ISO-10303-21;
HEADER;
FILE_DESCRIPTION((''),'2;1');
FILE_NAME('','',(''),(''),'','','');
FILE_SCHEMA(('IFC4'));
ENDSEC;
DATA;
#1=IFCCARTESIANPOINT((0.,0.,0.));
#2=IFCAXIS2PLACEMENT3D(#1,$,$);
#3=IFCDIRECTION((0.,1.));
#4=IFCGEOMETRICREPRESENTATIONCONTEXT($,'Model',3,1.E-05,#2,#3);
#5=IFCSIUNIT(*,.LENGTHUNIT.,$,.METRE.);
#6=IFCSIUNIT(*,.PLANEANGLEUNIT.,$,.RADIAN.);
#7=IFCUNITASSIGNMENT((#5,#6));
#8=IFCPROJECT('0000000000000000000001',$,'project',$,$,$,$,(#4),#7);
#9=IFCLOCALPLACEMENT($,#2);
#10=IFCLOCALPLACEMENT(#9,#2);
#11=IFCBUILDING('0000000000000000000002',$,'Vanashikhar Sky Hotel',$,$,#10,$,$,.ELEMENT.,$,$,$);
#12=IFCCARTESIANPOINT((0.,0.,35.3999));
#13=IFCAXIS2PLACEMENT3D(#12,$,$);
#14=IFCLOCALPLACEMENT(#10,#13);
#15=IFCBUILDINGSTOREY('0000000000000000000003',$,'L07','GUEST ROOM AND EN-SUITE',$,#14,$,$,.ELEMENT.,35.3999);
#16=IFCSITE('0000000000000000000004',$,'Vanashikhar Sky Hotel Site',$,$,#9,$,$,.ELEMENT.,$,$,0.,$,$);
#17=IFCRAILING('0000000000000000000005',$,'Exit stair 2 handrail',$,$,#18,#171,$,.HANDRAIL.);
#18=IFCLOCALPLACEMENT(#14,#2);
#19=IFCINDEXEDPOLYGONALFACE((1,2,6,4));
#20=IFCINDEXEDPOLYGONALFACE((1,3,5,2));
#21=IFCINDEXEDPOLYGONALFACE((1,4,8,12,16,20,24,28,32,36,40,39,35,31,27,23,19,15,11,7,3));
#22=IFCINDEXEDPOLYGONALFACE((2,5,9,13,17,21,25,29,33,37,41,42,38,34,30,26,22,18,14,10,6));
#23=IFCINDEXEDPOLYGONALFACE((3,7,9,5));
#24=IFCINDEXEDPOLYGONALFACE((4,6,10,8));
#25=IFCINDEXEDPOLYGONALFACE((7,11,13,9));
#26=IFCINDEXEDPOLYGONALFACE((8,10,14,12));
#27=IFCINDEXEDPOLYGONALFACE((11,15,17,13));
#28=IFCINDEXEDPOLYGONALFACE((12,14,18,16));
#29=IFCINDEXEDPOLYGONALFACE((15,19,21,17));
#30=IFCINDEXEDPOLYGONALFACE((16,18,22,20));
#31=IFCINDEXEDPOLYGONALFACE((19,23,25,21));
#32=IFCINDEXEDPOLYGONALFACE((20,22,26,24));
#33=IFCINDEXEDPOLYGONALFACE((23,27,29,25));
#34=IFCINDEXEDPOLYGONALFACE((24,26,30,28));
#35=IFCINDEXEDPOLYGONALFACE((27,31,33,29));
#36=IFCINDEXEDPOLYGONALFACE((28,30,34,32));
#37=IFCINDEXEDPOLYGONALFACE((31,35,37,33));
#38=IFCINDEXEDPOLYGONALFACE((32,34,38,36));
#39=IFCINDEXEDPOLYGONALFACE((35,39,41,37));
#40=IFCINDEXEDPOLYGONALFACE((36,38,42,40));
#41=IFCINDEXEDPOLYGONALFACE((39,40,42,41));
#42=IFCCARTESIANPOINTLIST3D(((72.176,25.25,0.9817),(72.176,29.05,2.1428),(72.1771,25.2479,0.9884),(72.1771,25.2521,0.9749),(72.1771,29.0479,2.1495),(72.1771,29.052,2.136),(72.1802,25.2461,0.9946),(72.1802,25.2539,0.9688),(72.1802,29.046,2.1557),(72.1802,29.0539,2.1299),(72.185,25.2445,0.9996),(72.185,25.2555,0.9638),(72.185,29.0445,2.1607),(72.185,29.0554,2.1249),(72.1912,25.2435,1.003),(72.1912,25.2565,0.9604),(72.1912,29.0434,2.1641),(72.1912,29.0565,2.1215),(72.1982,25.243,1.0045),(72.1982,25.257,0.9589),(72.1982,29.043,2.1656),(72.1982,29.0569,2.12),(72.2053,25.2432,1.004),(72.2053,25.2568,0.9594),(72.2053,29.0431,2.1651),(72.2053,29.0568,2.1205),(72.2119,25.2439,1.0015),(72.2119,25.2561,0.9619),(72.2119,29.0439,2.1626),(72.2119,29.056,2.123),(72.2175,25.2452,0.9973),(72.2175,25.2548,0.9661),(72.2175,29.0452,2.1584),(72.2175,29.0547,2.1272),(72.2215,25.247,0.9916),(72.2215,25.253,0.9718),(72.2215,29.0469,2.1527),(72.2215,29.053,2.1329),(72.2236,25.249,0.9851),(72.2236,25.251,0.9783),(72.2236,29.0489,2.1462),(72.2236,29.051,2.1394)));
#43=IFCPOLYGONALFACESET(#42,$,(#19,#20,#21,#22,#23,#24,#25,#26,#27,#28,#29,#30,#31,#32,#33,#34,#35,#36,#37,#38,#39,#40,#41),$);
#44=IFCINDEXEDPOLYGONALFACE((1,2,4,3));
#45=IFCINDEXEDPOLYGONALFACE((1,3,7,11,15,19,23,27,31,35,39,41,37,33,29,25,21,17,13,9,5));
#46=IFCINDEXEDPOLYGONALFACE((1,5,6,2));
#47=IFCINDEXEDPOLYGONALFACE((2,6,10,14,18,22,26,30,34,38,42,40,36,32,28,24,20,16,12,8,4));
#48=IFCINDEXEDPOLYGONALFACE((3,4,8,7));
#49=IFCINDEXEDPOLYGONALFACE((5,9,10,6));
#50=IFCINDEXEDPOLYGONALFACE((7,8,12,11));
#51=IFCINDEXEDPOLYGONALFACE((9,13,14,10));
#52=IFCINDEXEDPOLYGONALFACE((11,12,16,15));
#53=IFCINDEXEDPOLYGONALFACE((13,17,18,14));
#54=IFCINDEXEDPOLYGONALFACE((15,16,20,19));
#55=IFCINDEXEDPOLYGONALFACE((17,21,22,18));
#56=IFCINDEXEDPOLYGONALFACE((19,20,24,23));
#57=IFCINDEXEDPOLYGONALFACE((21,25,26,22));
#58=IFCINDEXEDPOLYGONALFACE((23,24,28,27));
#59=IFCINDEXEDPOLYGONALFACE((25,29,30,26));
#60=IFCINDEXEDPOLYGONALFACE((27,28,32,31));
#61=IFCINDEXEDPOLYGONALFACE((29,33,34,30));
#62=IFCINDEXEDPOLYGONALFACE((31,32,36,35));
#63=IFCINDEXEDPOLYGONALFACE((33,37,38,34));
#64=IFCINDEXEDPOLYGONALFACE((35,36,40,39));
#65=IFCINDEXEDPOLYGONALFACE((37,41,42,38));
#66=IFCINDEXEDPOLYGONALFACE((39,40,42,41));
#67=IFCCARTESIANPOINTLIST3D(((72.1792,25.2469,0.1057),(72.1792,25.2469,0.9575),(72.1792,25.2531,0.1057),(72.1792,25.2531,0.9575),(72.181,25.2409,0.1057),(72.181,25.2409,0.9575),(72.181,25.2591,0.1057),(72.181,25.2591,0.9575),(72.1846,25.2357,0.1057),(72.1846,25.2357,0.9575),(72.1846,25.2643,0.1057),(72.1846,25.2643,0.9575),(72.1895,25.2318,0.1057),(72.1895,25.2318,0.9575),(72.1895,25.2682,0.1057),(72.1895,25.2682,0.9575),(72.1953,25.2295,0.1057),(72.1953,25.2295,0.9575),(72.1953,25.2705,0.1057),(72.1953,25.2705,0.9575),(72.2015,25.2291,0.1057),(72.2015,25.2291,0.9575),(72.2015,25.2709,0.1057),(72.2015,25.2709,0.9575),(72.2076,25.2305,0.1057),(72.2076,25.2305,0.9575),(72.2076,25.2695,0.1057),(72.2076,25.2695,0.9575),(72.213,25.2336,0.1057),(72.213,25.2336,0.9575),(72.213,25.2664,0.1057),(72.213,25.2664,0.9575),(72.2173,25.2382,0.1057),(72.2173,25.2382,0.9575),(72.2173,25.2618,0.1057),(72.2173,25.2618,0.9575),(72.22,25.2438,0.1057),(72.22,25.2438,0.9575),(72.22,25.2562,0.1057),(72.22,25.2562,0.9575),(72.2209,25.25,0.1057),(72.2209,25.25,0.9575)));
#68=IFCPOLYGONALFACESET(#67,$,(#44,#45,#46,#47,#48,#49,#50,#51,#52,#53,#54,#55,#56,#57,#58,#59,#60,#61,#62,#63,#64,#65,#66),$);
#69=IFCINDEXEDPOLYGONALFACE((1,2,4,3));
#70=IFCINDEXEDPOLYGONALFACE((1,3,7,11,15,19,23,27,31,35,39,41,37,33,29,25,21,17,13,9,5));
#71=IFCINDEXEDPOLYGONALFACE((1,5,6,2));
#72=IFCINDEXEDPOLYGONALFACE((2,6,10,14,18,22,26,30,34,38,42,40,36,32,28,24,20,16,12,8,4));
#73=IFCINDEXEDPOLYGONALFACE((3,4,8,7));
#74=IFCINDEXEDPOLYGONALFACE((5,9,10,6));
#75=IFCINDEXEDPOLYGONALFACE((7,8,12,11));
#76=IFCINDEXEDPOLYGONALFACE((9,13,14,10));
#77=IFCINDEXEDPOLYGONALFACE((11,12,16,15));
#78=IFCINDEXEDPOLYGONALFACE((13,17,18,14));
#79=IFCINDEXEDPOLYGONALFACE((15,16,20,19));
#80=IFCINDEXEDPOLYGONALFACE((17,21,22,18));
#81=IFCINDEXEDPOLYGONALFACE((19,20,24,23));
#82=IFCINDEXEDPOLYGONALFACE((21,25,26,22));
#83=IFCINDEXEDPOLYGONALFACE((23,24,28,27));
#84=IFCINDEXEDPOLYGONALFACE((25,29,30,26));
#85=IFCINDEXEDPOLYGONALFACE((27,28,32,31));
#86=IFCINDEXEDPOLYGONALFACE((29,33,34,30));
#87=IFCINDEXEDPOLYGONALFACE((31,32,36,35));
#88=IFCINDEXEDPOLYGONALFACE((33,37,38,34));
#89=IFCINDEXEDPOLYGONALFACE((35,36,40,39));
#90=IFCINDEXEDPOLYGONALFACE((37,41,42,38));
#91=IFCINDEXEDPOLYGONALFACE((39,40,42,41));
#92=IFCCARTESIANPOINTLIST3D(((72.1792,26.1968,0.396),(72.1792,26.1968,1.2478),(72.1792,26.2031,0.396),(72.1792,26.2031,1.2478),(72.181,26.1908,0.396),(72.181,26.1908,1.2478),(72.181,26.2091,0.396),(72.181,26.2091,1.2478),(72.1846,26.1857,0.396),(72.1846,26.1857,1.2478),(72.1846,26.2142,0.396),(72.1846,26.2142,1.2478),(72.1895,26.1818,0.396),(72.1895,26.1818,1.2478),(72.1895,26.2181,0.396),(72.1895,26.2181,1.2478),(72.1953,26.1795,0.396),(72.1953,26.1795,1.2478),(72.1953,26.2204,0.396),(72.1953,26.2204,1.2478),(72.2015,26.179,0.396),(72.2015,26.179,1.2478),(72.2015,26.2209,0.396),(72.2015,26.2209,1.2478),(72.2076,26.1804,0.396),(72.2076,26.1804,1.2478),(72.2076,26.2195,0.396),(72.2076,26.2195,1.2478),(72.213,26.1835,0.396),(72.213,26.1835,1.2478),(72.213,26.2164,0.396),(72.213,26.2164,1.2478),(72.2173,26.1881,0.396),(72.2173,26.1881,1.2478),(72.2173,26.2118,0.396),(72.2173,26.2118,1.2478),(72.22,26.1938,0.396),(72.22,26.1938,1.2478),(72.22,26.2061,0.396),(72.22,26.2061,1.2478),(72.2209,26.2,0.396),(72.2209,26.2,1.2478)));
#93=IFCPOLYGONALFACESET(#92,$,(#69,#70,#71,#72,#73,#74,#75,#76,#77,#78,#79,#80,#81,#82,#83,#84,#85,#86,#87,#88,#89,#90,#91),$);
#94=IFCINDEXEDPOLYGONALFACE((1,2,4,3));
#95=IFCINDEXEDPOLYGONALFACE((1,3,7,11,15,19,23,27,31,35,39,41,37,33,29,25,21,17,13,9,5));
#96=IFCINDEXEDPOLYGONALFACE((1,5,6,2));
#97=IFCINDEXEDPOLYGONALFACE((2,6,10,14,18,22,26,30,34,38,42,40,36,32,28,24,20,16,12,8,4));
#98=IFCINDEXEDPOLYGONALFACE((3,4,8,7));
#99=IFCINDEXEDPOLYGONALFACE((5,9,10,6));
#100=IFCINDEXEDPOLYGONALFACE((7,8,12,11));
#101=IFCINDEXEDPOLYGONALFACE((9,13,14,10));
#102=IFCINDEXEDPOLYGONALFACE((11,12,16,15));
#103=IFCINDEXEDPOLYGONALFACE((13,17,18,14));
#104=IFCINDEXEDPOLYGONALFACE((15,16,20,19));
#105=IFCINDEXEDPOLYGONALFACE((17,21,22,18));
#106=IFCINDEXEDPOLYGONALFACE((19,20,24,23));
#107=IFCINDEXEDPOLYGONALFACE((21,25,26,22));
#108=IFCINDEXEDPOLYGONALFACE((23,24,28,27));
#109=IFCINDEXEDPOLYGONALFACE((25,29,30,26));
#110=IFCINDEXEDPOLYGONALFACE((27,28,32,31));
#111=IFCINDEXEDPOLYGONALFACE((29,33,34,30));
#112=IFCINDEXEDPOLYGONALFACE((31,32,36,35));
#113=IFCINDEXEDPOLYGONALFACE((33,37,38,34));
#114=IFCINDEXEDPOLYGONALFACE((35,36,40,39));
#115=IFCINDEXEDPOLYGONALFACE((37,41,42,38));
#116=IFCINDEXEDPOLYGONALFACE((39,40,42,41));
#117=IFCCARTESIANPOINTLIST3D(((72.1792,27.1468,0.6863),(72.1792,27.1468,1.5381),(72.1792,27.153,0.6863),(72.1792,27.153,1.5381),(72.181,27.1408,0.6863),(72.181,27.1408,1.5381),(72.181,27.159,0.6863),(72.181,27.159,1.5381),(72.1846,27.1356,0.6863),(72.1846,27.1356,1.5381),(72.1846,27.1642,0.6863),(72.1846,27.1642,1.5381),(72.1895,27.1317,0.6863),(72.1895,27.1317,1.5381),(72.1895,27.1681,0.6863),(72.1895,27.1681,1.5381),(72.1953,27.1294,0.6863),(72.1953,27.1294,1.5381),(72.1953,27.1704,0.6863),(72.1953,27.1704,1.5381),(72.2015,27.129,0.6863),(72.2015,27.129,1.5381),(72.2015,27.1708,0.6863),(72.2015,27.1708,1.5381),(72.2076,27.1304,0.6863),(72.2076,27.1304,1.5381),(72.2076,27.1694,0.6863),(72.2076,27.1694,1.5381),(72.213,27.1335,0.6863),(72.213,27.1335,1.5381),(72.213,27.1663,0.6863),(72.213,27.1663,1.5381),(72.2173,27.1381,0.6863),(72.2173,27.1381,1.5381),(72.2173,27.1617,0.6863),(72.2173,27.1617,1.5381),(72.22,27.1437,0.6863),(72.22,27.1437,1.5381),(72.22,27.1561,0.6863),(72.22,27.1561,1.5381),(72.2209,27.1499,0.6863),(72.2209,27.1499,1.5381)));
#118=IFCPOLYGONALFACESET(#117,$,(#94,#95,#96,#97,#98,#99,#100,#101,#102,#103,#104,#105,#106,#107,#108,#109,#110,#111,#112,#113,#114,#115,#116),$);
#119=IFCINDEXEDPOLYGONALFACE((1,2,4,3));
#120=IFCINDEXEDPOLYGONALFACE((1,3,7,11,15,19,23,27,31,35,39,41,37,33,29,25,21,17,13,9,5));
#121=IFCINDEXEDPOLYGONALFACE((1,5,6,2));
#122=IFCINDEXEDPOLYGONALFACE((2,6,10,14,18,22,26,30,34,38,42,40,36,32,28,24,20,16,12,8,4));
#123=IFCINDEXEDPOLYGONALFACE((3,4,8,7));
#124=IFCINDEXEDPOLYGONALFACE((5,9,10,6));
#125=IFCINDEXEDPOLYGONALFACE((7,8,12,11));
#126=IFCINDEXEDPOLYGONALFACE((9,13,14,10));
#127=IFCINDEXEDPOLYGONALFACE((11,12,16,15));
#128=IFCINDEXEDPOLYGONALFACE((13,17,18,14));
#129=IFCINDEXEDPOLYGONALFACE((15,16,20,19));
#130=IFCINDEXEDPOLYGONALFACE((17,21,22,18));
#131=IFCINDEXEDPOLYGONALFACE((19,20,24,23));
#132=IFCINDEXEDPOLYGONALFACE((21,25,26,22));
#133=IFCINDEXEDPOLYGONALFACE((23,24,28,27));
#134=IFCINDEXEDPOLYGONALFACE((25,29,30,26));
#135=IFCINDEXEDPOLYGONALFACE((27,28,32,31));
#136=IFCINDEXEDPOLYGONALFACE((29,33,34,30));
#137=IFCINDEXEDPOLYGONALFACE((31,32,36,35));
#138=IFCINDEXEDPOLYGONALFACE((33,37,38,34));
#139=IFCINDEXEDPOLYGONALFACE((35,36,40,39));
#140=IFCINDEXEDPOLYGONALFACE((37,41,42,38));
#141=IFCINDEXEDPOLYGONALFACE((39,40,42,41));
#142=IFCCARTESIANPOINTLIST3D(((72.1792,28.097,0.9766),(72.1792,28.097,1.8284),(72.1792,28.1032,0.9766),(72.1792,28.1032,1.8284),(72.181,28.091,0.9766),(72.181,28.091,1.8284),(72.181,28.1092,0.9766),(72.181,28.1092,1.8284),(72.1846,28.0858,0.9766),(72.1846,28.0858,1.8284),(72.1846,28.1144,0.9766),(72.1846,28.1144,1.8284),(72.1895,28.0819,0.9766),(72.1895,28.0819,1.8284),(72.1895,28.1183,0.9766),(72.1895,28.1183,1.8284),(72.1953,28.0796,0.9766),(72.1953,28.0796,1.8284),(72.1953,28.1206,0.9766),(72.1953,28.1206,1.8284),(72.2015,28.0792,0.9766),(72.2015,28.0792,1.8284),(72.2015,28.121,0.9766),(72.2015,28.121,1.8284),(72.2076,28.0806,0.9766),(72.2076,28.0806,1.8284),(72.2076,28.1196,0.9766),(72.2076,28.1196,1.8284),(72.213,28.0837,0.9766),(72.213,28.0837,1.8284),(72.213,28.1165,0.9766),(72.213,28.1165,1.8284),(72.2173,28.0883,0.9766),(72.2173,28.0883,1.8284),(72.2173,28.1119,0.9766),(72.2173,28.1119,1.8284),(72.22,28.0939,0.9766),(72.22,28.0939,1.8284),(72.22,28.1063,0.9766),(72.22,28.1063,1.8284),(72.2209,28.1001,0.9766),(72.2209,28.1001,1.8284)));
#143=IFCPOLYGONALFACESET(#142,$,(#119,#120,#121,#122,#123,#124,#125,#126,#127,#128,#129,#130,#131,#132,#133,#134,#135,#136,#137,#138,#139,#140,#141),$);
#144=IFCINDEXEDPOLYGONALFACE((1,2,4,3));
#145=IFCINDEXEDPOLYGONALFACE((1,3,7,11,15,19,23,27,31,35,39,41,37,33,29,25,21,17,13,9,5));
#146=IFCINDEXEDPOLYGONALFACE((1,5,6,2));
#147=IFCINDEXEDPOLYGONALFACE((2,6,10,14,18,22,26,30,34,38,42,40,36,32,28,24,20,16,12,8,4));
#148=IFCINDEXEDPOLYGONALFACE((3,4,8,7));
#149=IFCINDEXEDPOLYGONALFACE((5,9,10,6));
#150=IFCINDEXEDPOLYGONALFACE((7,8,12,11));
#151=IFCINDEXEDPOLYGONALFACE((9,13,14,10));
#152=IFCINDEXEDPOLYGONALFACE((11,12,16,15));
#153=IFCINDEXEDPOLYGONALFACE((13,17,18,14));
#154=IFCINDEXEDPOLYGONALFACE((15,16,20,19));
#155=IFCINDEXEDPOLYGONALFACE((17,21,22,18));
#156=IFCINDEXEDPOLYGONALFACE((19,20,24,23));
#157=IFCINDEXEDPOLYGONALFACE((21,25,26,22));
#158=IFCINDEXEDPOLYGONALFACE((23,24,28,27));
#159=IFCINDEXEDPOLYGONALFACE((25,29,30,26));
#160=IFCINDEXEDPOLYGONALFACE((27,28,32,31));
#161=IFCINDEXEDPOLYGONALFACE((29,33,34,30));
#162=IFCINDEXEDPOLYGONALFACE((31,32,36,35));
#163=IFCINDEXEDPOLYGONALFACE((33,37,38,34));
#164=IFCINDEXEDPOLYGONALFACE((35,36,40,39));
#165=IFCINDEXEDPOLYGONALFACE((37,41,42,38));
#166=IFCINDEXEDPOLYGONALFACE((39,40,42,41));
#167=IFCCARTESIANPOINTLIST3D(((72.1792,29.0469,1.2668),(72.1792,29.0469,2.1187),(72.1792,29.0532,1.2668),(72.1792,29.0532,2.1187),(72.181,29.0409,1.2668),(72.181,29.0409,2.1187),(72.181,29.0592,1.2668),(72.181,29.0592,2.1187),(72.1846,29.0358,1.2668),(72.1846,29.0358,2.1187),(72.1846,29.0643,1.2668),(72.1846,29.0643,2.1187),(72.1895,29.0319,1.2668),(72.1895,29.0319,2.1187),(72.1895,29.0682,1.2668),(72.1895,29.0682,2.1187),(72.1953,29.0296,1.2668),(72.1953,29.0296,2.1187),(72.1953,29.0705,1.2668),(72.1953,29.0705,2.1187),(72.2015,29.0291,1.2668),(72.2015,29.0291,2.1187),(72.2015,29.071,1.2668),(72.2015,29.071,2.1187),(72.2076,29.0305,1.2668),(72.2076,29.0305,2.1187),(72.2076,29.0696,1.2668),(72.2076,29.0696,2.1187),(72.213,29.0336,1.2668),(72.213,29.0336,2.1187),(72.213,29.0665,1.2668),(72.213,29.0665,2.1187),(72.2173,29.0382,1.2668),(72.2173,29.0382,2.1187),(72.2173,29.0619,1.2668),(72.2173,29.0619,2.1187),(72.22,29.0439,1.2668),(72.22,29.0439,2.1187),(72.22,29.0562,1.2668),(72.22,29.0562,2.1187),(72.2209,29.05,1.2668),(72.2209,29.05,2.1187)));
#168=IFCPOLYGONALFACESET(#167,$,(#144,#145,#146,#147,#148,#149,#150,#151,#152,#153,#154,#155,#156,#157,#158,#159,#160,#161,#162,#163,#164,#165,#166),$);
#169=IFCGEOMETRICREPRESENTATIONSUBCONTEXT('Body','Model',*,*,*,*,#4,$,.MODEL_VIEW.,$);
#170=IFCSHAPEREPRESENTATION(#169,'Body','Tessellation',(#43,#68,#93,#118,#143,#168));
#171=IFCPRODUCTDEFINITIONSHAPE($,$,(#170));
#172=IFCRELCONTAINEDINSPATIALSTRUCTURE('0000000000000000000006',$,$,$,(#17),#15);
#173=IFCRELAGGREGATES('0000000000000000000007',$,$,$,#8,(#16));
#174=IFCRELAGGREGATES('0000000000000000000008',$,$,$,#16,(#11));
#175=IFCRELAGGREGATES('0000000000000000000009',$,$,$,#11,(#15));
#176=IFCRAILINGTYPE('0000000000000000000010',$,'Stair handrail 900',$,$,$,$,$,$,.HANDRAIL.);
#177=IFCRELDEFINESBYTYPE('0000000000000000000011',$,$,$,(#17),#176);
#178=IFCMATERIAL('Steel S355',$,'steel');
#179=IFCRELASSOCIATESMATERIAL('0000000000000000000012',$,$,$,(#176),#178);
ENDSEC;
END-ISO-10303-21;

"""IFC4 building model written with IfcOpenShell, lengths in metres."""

from ifc_helpers import new_model, si_unit, direction, frame, origin, origin_2d, place, context, subcontext, project, spatial, circle, extrude, source, transform, mapped, material, type_object, element, save


model = new_model("IFC4")

# Units and contexts
model_context = context("Model", 3, precision=1e-05, world=origin(), true_north=direction((0.0, 1.0)))
body_context = subcontext(model_context, "Body", "Model", "MODEL_VIEW")
ifc_project = project(units=[si_unit("LENGTHUNIT", "METRE"), si_unit("PLANEANGLEUNIT", "RADIAN")], contexts=[model_context])

# Site, building, storey
site_placement = place(None, origin())
site = spatial("IfcSite", under=ifc_project, at=site_placement, Name="Vanashikhar Sky Hotel Site", CompositionType="ELEMENT", RefElevation=0.0)
building_placement = place(site_placement, origin())
building = spatial("IfcBuilding", under=site, at=building_placement, Name="Vanashikhar Sky Hotel", CompositionType="ELEMENT")
storey_placement = place(building_placement, frame((0.0, 0.0, 35.3999)))
storey = spatial("IfcBuildingStorey", under=building, at=storey_placement, Name="L07", Description="GUEST ROOM AND EN-SUITE", CompositionType="ELEMENT", Elevation=35.3999)

# Railing
ifc_material_1 = material(Name="Steel S355", Category="steel")
railing_type_1 = type_object("IfcRailingType", Name="Stair handrail 900", PredefinedType="HANDRAIL", material=ifc_material_1)
shared_shape_1 = source(origin(), body_context, "Body", "SweptSolid", [
    extrude(circle(Radius=0.0239, at=origin_2d()), frame((0.0, 0.0, 0.876), z_axis=(0.0, 0.956351, 0.29222), x_axis=(-1.0, 0.0, 0.0)), (0.0, 0.0, 1.0), 3.9734),
    extrude(circle(Radius=0.021, at=origin_2d()), origin(), (0.0, 0.0, 1.0), 0.8518),
    extrude(circle(Radius=0.021, at=origin_2d()), frame((0.0, 0.95, 0.2903)), (0.0, 0.0, 1.0), 0.8518),
    extrude(circle(Radius=0.021, at=origin_2d()), frame((0.0, 1.8999, 0.5806)), (0.0, 0.0, 1.0), 0.8518),
    extrude(circle(Radius=0.021, at=origin_2d()), frame((0.0, 2.8501, 0.8708)), (0.0, 0.0, 1.0), 0.8518),
    extrude(circle(Radius=0.021, at=origin_2d()), frame((0.0, 3.8, 1.1611)), (0.0, 0.0, 1.0), 0.8518),
])
for number, where, name in (
    (1, (72.2, 25.25, 0.1057), "Exit stair 2 handrail"),
):
    element("IfcRailing", number, at=place(storey_placement, frame(where)), inside=storey, type_object=railing_type_1, Name=name, PredefinedType="HANDRAIL", context=body_context, shape_type="MappedRepresentation", body=[
        mapped(shared_shape_1, transform((0.0, 0.0, 0.0), scale=1.0)),
    ])

save(model, "model.ifc")
